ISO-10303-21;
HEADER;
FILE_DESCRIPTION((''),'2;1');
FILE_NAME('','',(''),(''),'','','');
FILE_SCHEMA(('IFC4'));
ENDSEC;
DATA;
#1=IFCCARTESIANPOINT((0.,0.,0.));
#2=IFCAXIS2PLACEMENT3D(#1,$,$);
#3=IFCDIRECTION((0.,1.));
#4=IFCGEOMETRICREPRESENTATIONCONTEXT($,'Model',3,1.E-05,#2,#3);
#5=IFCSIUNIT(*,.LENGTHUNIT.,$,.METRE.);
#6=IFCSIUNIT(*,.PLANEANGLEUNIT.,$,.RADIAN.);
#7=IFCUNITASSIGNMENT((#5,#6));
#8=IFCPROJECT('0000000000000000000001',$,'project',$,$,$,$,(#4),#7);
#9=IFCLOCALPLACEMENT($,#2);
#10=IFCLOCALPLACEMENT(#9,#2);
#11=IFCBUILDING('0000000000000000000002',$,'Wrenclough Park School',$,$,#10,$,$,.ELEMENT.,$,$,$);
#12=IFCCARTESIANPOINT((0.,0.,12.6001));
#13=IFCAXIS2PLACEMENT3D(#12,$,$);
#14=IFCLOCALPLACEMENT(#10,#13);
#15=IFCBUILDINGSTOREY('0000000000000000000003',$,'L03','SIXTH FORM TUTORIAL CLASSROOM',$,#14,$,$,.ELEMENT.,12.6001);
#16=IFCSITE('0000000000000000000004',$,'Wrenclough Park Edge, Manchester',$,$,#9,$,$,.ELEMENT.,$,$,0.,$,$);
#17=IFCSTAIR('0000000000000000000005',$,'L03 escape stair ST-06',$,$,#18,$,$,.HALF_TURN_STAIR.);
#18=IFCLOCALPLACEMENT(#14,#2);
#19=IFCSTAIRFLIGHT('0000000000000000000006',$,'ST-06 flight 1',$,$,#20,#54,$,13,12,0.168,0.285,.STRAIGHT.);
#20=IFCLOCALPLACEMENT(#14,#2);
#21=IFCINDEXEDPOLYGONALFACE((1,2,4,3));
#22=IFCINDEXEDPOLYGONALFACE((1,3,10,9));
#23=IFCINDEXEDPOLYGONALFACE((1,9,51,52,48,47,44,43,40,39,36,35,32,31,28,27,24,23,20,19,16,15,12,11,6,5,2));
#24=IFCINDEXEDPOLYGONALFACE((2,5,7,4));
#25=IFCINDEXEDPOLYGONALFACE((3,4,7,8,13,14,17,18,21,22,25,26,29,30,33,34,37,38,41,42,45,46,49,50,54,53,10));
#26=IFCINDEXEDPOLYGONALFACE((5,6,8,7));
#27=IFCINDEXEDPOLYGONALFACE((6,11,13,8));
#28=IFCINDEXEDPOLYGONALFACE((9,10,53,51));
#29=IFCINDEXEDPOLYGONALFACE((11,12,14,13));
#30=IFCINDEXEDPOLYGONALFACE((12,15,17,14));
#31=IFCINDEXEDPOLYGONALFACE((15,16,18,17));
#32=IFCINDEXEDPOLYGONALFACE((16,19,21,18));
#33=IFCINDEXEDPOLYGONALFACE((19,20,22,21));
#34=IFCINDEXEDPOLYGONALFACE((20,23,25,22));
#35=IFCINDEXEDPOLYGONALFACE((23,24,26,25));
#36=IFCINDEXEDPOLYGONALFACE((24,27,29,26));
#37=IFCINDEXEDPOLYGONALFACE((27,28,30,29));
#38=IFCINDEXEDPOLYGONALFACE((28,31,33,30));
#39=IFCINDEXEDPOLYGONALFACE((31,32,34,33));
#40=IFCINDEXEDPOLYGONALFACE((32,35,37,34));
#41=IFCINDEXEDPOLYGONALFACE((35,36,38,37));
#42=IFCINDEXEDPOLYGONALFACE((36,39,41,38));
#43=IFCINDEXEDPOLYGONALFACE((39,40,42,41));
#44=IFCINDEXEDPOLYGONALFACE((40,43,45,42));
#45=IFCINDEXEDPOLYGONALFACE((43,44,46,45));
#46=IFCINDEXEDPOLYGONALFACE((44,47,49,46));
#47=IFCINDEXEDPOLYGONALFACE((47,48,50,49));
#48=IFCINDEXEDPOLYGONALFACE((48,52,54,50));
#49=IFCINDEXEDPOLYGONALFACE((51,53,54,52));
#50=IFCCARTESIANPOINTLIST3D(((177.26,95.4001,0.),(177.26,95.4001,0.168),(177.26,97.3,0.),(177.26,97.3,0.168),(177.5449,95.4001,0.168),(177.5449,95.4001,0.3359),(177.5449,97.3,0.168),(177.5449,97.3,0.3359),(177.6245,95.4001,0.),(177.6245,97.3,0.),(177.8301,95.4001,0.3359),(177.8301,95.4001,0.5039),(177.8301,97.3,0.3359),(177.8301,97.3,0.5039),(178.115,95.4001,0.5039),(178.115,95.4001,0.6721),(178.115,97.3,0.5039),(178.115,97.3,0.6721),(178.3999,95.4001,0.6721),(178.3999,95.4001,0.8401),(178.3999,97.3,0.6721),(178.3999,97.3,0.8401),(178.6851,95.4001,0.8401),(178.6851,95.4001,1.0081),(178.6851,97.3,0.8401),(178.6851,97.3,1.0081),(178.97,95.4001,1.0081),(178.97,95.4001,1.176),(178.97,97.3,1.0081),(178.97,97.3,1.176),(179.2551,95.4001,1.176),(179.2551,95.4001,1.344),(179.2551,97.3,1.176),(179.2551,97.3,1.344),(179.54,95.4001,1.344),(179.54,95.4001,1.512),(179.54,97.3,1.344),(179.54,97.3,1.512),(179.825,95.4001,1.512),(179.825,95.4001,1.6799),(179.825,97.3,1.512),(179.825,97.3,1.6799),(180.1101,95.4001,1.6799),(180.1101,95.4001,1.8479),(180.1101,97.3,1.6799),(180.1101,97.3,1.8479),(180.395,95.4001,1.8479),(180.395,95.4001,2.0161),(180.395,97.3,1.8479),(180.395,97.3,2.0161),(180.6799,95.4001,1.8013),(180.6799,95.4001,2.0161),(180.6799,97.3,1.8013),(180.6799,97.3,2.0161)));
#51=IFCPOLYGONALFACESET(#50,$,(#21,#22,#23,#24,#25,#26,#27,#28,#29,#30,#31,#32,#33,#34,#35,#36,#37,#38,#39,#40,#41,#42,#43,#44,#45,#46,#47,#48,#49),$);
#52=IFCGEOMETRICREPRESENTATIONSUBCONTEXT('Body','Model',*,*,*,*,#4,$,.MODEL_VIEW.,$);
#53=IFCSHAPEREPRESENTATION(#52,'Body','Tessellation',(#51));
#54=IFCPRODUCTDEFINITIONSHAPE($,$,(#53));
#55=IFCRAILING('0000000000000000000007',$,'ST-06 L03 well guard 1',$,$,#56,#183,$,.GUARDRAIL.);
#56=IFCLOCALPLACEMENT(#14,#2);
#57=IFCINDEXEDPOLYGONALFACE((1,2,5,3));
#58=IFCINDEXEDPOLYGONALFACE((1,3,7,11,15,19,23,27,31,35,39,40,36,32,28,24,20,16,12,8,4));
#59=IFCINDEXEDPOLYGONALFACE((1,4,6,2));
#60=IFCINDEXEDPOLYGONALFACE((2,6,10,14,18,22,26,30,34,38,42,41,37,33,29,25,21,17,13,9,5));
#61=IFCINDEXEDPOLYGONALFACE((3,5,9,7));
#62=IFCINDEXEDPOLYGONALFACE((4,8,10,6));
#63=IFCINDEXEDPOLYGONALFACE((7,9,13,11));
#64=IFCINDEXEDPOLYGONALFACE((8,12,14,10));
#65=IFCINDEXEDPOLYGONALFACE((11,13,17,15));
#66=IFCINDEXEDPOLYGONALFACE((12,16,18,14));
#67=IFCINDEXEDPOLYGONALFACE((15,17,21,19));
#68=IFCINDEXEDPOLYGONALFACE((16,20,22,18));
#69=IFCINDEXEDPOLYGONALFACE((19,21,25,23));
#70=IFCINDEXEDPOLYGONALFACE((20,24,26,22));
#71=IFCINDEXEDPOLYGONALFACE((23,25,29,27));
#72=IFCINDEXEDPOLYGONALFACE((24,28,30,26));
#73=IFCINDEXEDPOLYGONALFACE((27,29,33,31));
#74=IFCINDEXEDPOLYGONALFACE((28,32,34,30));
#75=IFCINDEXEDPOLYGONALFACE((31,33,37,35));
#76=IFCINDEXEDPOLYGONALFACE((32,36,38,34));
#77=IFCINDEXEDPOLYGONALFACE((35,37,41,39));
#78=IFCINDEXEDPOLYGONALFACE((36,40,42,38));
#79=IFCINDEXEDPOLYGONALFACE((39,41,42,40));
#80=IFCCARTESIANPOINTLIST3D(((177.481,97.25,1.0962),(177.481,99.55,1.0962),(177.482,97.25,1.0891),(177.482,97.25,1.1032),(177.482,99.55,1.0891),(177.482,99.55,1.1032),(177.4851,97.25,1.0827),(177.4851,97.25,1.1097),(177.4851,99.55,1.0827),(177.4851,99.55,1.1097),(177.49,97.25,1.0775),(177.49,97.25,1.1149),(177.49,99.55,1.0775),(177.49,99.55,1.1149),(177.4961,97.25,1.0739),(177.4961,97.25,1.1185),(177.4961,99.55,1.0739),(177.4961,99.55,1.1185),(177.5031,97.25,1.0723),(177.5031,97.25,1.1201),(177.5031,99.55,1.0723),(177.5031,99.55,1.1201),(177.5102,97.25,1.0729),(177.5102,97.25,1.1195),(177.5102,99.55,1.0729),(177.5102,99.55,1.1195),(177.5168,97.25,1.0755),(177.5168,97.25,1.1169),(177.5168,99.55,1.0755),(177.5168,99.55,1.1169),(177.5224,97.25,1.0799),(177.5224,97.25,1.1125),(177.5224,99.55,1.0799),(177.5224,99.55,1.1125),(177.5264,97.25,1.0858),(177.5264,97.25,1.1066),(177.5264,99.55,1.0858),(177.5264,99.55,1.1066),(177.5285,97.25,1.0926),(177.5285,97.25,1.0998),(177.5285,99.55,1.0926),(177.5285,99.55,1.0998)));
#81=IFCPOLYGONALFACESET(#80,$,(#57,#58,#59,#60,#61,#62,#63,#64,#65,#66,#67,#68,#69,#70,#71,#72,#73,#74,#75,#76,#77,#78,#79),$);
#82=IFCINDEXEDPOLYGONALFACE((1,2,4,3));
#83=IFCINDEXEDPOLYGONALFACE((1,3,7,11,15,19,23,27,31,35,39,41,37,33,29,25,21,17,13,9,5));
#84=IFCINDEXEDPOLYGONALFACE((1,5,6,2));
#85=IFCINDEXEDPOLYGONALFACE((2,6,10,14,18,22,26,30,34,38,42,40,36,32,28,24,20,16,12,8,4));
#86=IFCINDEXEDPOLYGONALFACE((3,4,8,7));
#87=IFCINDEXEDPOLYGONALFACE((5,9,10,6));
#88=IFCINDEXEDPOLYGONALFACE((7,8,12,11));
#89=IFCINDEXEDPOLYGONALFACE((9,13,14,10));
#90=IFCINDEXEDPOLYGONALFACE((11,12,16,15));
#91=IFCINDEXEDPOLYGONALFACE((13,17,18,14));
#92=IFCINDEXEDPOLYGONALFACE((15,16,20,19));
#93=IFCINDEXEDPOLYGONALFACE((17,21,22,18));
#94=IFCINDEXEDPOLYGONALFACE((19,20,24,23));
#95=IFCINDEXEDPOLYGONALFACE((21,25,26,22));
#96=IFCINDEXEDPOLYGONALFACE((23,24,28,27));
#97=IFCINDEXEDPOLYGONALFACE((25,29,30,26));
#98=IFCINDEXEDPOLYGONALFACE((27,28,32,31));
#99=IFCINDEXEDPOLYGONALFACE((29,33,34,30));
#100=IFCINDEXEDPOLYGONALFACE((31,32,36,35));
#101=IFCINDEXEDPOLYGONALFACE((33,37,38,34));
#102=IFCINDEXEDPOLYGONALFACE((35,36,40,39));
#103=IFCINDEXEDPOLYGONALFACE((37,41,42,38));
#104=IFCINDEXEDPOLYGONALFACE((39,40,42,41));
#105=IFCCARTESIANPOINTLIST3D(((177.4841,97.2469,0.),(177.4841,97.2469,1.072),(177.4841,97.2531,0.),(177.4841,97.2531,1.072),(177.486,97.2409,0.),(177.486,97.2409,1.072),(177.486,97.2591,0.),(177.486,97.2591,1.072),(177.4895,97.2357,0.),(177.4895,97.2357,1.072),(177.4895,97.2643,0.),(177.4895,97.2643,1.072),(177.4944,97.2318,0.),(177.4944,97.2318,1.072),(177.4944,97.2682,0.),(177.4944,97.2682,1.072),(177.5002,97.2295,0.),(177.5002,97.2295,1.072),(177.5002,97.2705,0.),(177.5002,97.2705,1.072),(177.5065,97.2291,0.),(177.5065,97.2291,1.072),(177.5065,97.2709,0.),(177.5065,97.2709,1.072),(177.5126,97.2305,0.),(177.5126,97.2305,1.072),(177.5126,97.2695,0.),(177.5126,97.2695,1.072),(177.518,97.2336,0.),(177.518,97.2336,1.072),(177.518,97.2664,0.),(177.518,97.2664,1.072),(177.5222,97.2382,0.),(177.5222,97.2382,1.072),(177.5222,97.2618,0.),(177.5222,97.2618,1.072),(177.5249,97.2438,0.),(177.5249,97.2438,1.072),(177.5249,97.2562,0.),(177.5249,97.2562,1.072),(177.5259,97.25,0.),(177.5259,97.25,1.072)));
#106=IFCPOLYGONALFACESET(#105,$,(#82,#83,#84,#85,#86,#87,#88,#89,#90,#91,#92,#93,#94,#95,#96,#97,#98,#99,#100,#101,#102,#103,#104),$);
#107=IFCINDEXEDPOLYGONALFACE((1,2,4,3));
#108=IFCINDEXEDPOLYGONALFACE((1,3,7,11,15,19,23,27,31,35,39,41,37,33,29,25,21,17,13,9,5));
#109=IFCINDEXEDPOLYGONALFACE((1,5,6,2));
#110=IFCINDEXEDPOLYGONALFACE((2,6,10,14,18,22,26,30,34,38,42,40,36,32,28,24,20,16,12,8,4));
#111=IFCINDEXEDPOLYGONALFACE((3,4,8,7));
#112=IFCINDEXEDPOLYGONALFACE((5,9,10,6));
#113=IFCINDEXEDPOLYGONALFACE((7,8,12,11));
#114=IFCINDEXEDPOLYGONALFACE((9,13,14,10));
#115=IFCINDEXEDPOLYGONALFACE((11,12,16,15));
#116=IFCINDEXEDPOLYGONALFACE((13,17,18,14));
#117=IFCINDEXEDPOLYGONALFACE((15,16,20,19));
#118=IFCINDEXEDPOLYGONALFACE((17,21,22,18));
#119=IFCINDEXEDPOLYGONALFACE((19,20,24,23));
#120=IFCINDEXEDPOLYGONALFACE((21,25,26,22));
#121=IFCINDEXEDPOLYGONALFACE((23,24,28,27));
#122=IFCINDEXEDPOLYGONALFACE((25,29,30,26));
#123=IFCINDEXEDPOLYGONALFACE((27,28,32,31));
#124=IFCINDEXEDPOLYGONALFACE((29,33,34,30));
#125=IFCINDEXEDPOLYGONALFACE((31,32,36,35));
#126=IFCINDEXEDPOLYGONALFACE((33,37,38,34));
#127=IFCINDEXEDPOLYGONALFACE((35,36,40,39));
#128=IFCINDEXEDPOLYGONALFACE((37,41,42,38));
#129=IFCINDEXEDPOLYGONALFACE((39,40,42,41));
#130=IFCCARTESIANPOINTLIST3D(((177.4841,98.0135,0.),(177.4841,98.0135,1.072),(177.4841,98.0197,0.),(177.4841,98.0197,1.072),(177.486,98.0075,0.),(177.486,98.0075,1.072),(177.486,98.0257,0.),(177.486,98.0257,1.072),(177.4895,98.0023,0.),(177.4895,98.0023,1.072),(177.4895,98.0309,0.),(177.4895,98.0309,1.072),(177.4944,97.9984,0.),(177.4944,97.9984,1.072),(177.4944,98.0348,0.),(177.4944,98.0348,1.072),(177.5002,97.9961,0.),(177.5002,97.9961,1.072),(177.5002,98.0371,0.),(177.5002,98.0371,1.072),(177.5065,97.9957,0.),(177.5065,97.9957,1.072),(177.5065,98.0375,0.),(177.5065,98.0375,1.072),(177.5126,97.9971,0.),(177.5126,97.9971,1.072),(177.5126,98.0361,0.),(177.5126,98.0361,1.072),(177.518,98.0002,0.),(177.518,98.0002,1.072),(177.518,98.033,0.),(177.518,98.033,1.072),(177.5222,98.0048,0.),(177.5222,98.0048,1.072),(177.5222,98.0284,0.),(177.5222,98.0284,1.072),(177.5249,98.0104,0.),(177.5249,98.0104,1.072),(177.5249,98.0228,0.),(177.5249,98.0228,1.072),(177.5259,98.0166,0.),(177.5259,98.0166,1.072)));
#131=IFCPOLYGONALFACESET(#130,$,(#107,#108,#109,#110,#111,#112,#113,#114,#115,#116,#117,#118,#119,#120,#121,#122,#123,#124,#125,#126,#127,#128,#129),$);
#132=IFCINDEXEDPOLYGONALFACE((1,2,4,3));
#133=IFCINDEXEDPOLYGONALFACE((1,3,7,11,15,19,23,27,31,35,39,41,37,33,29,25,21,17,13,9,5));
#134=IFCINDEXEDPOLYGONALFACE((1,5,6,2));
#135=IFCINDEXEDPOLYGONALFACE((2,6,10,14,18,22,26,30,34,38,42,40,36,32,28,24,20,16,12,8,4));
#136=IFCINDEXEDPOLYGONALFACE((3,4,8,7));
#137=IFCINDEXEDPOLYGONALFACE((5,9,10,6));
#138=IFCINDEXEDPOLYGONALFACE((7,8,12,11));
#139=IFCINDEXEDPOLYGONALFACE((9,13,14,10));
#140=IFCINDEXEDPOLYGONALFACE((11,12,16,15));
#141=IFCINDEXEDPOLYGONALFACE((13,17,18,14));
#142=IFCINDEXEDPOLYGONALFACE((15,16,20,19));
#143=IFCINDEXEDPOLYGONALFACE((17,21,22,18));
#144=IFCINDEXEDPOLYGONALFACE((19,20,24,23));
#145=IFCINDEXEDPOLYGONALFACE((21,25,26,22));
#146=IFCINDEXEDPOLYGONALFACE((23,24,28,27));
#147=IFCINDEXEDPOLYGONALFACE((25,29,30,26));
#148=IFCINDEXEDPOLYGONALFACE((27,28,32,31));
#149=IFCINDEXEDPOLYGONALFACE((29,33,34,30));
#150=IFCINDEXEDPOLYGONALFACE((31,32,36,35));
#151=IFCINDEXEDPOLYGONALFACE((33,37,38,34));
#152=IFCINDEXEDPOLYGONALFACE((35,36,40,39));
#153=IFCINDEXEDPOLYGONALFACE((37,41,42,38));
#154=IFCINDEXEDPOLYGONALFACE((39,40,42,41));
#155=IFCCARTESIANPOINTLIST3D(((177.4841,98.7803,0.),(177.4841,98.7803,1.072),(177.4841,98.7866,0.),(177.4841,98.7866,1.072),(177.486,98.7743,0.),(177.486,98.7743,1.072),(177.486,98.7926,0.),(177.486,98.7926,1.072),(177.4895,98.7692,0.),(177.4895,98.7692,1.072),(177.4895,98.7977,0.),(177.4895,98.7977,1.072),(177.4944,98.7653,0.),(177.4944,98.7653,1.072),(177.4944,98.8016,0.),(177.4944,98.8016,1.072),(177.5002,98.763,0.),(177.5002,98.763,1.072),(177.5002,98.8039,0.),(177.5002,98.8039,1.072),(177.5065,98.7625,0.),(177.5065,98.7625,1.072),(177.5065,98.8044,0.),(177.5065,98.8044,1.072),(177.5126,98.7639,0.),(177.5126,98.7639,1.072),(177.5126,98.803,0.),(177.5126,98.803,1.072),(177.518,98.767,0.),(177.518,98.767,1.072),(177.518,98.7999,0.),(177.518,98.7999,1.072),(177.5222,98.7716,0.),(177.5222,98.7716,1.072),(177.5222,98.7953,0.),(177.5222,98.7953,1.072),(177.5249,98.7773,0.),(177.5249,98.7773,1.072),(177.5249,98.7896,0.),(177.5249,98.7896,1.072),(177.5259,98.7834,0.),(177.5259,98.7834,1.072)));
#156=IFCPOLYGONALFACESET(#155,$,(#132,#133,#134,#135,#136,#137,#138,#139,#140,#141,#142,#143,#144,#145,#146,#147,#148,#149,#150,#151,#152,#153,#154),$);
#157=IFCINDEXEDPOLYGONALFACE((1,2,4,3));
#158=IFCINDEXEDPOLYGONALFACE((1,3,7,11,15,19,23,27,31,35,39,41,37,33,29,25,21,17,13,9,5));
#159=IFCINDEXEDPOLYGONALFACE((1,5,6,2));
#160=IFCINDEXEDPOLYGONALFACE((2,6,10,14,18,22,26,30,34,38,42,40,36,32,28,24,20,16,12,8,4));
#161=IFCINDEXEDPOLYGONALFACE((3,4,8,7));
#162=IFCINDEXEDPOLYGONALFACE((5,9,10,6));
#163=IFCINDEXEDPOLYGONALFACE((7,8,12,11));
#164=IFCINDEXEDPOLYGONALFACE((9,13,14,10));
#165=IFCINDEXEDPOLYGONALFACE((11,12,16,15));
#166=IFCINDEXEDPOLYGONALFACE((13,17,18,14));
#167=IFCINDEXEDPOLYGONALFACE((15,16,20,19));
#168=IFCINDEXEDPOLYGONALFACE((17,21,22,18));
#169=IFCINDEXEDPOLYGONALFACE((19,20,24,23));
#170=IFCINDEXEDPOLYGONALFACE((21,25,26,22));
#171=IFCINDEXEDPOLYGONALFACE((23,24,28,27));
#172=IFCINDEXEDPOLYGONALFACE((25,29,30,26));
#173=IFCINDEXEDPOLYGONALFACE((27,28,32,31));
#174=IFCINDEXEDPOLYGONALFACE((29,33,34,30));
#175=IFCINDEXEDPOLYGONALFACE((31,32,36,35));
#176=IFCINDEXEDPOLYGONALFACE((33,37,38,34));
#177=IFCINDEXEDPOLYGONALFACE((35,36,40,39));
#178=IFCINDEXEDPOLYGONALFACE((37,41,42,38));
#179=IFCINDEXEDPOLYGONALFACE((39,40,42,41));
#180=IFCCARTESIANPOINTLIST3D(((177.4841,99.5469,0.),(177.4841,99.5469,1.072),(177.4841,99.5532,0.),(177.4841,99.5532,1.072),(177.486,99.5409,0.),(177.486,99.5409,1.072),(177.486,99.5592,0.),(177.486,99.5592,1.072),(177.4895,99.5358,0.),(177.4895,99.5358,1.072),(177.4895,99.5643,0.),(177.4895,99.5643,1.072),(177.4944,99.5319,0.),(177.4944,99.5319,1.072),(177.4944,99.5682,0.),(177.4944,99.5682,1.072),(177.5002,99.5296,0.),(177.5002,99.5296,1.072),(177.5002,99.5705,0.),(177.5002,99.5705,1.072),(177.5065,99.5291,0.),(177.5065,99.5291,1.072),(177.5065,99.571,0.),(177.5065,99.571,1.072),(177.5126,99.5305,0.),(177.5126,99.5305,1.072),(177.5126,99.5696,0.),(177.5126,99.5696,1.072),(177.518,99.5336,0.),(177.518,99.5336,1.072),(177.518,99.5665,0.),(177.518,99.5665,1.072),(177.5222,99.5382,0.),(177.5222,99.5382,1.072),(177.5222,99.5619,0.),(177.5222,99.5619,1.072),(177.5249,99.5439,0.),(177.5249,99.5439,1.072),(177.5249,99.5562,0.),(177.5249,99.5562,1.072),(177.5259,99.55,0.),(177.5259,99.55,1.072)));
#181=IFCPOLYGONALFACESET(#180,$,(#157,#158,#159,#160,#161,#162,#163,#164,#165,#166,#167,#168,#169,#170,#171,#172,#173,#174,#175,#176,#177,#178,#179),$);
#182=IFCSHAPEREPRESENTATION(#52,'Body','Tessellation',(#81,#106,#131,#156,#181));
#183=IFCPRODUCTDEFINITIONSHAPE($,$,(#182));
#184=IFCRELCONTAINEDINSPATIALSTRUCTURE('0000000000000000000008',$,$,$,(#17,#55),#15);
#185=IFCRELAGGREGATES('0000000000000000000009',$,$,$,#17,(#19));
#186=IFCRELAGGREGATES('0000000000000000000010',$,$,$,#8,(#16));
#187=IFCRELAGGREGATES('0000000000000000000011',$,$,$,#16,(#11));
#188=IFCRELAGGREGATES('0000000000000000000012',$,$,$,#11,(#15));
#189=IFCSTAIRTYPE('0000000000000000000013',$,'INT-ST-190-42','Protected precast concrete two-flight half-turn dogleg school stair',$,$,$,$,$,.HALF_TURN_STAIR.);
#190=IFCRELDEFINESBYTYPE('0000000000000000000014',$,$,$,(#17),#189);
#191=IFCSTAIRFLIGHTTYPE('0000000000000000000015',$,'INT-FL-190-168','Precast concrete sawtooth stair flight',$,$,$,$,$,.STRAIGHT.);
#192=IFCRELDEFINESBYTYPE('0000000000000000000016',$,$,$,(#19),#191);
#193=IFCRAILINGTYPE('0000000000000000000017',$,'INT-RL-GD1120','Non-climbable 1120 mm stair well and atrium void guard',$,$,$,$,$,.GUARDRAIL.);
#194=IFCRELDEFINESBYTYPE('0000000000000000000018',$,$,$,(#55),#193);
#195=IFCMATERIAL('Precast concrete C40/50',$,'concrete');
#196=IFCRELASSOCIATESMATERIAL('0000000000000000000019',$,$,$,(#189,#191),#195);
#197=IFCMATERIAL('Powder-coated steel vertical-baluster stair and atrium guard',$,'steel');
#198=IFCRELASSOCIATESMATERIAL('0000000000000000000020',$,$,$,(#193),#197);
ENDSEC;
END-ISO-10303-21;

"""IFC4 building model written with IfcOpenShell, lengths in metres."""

from ifc_helpers import new_model, si_unit, direction, frame, origin, origin_2d, place, context, subcontext, project, spatial, polyline, circle, outline, extrude, material, type_object, element, aggregate, save


model = new_model("IFC4")

# Units and contexts
model_context = context("Model", 3, precision=1e-05, world=origin(), true_north=direction((0.0, 1.0)))
body_context = subcontext(model_context, "Body", "Model", "MODEL_VIEW")
ifc_project = project(units=[si_unit("LENGTHUNIT", "METRE"), si_unit("PLANEANGLEUNIT", "RADIAN")], contexts=[model_context])

# Site, building, storey
site_placement = place(None, origin())
site = spatial("IfcSite", under=ifc_project, at=site_placement, Name="Wrenclough Park Edge, Manchester", CompositionType="ELEMENT", RefElevation=0.0)
building_placement = place(site_placement, origin())
building = spatial("IfcBuilding", under=site, at=building_placement, Name="Wrenclough Park School", CompositionType="ELEMENT")
storey_placement = place(building_placement, frame((0.0, 0.0, 12.6001)))
storey = spatial("IfcBuildingStorey", under=building, at=storey_placement, Name="L03", Description="SIXTH FORM TUTORIAL CLASSROOM", CompositionType="ELEMENT", Elevation=12.6001)

# Stair, stair flight
ifc_material_1 = material(Name="Precast concrete C40/50", Category="concrete")
stair_type = type_object("IfcStairType", Name="INT-ST-190-42", Description="Protected precast concrete two-flight half-turn dogleg school stair", PredefinedType="HALF_TURN_STAIR", material=ifc_material_1)
stair_placement = place(storey_placement, origin())
stair = element("IfcStair", 1, at=stair_placement, inside=storey, type_object=stair_type, Name="L03 escape stair ST-06", PredefinedType="HALF_TURN_STAIR")
stair_flight_type = type_object("IfcStairFlightType", Name="INT-FL-190-168", Description="Precast concrete sawtooth stair flight", PredefinedType="STRAIGHT", material=ifc_material_1)
stair_flight_placement = place(storey_placement, frame((177.26, 96.3501, 0.0), z_axis=(0.0, 0.0, 1.0), x_axis=(1.0, 0.0, 0.0)))
stair_flight = element("IfcStairFlight", 2, at=stair_flight_placement, type_object=stair_flight_type, Name="ST-06 flight 1", NumberOfRisers=13, NumberOfTreads=12, PredefinedType="STRAIGHT", RiserHeight=0.168, TreadLength=0.285, context=body_context, shape_type="SweptSolid", body=[
    extrude(outline(polyline([(0.0, 0.0), (0.0, 0.168), (0.2849, 0.168), (0.2849, 0.3359), (0.5701, 0.3359), (0.5701, 0.5039), (0.855, 0.5039), (0.855, 0.6721), (1.1399, 0.6721), (1.1399, 0.8401), (1.425, 0.8401), (1.425, 1.0081), (1.71, 1.0081), (1.71, 1.176), (1.9951, 1.176), (1.9951, 1.344), (2.28, 1.344), (2.28, 1.512), (2.5649, 1.512), (2.5649, 1.6799), (2.8501, 1.6799), (2.8501, 1.8479), (3.135, 1.8479), (3.135, 2.0161), (3.4199, 2.0161), (3.4199, 2.1841), (3.4199, 1.8013), (0.3645, 0.0), (0.0, 0.0)])), frame((0.0, 0.95, 0.0), z_axis=(0.0, -1.0, 0.0), x_axis=(1.0, 0.0, 0.0)), (0.0, 0.0, 1.0), 1.8999),
])
aggregate(stair, [stair_flight])

# Railing
ifc_material_2 = material(Name="Powder-coated steel vertical-baluster stair and atrium guard", Category="steel")
railing_type_1 = type_object("IfcRailingType", Name="INT-RL-GD1120", Description="Non-climbable 1120 mm stair well and atrium void guard", PredefinedType="GUARDRAIL", material=ifc_material_2)
railing_1_placement = place(storey_placement, frame((177.5049, 97.25, 0.0)))
element("IfcRailing", 3, at=railing_1_placement, inside=storey, type_object=railing_type_1, Name="ST-06 L03 well guard 1", PredefinedType="GUARDRAIL", context=body_context, shape_type="SweptSolid", body=[
    extrude(circle(Radius=0.0239, at=origin_2d()), frame((0.0, 0.0, 1.0962), z_axis=(0.0, 1.0, 0.0), x_axis=(-1.0, 0.0, 0.0)), (0.0, 0.0, 1.0), 2.3),
    extrude(circle(Radius=0.021, at=origin_2d()), origin(), (0.0, 0.0, 1.0), 1.072),
    extrude(circle(Radius=0.021, at=origin_2d()), frame((0.0, 0.7666, 0.0)), (0.0, 0.0, 1.0), 1.072),
    extrude(circle(Radius=0.021, at=origin_2d()), frame((0.0, 1.5334, 0.0)), (0.0, 0.0, 1.0), 1.072),
    extrude(circle(Radius=0.021, at=origin_2d()), frame((0.0, 2.3, 0.0)), (0.0, 0.0, 1.0), 1.072),
])

save(model, "model.ifc")
